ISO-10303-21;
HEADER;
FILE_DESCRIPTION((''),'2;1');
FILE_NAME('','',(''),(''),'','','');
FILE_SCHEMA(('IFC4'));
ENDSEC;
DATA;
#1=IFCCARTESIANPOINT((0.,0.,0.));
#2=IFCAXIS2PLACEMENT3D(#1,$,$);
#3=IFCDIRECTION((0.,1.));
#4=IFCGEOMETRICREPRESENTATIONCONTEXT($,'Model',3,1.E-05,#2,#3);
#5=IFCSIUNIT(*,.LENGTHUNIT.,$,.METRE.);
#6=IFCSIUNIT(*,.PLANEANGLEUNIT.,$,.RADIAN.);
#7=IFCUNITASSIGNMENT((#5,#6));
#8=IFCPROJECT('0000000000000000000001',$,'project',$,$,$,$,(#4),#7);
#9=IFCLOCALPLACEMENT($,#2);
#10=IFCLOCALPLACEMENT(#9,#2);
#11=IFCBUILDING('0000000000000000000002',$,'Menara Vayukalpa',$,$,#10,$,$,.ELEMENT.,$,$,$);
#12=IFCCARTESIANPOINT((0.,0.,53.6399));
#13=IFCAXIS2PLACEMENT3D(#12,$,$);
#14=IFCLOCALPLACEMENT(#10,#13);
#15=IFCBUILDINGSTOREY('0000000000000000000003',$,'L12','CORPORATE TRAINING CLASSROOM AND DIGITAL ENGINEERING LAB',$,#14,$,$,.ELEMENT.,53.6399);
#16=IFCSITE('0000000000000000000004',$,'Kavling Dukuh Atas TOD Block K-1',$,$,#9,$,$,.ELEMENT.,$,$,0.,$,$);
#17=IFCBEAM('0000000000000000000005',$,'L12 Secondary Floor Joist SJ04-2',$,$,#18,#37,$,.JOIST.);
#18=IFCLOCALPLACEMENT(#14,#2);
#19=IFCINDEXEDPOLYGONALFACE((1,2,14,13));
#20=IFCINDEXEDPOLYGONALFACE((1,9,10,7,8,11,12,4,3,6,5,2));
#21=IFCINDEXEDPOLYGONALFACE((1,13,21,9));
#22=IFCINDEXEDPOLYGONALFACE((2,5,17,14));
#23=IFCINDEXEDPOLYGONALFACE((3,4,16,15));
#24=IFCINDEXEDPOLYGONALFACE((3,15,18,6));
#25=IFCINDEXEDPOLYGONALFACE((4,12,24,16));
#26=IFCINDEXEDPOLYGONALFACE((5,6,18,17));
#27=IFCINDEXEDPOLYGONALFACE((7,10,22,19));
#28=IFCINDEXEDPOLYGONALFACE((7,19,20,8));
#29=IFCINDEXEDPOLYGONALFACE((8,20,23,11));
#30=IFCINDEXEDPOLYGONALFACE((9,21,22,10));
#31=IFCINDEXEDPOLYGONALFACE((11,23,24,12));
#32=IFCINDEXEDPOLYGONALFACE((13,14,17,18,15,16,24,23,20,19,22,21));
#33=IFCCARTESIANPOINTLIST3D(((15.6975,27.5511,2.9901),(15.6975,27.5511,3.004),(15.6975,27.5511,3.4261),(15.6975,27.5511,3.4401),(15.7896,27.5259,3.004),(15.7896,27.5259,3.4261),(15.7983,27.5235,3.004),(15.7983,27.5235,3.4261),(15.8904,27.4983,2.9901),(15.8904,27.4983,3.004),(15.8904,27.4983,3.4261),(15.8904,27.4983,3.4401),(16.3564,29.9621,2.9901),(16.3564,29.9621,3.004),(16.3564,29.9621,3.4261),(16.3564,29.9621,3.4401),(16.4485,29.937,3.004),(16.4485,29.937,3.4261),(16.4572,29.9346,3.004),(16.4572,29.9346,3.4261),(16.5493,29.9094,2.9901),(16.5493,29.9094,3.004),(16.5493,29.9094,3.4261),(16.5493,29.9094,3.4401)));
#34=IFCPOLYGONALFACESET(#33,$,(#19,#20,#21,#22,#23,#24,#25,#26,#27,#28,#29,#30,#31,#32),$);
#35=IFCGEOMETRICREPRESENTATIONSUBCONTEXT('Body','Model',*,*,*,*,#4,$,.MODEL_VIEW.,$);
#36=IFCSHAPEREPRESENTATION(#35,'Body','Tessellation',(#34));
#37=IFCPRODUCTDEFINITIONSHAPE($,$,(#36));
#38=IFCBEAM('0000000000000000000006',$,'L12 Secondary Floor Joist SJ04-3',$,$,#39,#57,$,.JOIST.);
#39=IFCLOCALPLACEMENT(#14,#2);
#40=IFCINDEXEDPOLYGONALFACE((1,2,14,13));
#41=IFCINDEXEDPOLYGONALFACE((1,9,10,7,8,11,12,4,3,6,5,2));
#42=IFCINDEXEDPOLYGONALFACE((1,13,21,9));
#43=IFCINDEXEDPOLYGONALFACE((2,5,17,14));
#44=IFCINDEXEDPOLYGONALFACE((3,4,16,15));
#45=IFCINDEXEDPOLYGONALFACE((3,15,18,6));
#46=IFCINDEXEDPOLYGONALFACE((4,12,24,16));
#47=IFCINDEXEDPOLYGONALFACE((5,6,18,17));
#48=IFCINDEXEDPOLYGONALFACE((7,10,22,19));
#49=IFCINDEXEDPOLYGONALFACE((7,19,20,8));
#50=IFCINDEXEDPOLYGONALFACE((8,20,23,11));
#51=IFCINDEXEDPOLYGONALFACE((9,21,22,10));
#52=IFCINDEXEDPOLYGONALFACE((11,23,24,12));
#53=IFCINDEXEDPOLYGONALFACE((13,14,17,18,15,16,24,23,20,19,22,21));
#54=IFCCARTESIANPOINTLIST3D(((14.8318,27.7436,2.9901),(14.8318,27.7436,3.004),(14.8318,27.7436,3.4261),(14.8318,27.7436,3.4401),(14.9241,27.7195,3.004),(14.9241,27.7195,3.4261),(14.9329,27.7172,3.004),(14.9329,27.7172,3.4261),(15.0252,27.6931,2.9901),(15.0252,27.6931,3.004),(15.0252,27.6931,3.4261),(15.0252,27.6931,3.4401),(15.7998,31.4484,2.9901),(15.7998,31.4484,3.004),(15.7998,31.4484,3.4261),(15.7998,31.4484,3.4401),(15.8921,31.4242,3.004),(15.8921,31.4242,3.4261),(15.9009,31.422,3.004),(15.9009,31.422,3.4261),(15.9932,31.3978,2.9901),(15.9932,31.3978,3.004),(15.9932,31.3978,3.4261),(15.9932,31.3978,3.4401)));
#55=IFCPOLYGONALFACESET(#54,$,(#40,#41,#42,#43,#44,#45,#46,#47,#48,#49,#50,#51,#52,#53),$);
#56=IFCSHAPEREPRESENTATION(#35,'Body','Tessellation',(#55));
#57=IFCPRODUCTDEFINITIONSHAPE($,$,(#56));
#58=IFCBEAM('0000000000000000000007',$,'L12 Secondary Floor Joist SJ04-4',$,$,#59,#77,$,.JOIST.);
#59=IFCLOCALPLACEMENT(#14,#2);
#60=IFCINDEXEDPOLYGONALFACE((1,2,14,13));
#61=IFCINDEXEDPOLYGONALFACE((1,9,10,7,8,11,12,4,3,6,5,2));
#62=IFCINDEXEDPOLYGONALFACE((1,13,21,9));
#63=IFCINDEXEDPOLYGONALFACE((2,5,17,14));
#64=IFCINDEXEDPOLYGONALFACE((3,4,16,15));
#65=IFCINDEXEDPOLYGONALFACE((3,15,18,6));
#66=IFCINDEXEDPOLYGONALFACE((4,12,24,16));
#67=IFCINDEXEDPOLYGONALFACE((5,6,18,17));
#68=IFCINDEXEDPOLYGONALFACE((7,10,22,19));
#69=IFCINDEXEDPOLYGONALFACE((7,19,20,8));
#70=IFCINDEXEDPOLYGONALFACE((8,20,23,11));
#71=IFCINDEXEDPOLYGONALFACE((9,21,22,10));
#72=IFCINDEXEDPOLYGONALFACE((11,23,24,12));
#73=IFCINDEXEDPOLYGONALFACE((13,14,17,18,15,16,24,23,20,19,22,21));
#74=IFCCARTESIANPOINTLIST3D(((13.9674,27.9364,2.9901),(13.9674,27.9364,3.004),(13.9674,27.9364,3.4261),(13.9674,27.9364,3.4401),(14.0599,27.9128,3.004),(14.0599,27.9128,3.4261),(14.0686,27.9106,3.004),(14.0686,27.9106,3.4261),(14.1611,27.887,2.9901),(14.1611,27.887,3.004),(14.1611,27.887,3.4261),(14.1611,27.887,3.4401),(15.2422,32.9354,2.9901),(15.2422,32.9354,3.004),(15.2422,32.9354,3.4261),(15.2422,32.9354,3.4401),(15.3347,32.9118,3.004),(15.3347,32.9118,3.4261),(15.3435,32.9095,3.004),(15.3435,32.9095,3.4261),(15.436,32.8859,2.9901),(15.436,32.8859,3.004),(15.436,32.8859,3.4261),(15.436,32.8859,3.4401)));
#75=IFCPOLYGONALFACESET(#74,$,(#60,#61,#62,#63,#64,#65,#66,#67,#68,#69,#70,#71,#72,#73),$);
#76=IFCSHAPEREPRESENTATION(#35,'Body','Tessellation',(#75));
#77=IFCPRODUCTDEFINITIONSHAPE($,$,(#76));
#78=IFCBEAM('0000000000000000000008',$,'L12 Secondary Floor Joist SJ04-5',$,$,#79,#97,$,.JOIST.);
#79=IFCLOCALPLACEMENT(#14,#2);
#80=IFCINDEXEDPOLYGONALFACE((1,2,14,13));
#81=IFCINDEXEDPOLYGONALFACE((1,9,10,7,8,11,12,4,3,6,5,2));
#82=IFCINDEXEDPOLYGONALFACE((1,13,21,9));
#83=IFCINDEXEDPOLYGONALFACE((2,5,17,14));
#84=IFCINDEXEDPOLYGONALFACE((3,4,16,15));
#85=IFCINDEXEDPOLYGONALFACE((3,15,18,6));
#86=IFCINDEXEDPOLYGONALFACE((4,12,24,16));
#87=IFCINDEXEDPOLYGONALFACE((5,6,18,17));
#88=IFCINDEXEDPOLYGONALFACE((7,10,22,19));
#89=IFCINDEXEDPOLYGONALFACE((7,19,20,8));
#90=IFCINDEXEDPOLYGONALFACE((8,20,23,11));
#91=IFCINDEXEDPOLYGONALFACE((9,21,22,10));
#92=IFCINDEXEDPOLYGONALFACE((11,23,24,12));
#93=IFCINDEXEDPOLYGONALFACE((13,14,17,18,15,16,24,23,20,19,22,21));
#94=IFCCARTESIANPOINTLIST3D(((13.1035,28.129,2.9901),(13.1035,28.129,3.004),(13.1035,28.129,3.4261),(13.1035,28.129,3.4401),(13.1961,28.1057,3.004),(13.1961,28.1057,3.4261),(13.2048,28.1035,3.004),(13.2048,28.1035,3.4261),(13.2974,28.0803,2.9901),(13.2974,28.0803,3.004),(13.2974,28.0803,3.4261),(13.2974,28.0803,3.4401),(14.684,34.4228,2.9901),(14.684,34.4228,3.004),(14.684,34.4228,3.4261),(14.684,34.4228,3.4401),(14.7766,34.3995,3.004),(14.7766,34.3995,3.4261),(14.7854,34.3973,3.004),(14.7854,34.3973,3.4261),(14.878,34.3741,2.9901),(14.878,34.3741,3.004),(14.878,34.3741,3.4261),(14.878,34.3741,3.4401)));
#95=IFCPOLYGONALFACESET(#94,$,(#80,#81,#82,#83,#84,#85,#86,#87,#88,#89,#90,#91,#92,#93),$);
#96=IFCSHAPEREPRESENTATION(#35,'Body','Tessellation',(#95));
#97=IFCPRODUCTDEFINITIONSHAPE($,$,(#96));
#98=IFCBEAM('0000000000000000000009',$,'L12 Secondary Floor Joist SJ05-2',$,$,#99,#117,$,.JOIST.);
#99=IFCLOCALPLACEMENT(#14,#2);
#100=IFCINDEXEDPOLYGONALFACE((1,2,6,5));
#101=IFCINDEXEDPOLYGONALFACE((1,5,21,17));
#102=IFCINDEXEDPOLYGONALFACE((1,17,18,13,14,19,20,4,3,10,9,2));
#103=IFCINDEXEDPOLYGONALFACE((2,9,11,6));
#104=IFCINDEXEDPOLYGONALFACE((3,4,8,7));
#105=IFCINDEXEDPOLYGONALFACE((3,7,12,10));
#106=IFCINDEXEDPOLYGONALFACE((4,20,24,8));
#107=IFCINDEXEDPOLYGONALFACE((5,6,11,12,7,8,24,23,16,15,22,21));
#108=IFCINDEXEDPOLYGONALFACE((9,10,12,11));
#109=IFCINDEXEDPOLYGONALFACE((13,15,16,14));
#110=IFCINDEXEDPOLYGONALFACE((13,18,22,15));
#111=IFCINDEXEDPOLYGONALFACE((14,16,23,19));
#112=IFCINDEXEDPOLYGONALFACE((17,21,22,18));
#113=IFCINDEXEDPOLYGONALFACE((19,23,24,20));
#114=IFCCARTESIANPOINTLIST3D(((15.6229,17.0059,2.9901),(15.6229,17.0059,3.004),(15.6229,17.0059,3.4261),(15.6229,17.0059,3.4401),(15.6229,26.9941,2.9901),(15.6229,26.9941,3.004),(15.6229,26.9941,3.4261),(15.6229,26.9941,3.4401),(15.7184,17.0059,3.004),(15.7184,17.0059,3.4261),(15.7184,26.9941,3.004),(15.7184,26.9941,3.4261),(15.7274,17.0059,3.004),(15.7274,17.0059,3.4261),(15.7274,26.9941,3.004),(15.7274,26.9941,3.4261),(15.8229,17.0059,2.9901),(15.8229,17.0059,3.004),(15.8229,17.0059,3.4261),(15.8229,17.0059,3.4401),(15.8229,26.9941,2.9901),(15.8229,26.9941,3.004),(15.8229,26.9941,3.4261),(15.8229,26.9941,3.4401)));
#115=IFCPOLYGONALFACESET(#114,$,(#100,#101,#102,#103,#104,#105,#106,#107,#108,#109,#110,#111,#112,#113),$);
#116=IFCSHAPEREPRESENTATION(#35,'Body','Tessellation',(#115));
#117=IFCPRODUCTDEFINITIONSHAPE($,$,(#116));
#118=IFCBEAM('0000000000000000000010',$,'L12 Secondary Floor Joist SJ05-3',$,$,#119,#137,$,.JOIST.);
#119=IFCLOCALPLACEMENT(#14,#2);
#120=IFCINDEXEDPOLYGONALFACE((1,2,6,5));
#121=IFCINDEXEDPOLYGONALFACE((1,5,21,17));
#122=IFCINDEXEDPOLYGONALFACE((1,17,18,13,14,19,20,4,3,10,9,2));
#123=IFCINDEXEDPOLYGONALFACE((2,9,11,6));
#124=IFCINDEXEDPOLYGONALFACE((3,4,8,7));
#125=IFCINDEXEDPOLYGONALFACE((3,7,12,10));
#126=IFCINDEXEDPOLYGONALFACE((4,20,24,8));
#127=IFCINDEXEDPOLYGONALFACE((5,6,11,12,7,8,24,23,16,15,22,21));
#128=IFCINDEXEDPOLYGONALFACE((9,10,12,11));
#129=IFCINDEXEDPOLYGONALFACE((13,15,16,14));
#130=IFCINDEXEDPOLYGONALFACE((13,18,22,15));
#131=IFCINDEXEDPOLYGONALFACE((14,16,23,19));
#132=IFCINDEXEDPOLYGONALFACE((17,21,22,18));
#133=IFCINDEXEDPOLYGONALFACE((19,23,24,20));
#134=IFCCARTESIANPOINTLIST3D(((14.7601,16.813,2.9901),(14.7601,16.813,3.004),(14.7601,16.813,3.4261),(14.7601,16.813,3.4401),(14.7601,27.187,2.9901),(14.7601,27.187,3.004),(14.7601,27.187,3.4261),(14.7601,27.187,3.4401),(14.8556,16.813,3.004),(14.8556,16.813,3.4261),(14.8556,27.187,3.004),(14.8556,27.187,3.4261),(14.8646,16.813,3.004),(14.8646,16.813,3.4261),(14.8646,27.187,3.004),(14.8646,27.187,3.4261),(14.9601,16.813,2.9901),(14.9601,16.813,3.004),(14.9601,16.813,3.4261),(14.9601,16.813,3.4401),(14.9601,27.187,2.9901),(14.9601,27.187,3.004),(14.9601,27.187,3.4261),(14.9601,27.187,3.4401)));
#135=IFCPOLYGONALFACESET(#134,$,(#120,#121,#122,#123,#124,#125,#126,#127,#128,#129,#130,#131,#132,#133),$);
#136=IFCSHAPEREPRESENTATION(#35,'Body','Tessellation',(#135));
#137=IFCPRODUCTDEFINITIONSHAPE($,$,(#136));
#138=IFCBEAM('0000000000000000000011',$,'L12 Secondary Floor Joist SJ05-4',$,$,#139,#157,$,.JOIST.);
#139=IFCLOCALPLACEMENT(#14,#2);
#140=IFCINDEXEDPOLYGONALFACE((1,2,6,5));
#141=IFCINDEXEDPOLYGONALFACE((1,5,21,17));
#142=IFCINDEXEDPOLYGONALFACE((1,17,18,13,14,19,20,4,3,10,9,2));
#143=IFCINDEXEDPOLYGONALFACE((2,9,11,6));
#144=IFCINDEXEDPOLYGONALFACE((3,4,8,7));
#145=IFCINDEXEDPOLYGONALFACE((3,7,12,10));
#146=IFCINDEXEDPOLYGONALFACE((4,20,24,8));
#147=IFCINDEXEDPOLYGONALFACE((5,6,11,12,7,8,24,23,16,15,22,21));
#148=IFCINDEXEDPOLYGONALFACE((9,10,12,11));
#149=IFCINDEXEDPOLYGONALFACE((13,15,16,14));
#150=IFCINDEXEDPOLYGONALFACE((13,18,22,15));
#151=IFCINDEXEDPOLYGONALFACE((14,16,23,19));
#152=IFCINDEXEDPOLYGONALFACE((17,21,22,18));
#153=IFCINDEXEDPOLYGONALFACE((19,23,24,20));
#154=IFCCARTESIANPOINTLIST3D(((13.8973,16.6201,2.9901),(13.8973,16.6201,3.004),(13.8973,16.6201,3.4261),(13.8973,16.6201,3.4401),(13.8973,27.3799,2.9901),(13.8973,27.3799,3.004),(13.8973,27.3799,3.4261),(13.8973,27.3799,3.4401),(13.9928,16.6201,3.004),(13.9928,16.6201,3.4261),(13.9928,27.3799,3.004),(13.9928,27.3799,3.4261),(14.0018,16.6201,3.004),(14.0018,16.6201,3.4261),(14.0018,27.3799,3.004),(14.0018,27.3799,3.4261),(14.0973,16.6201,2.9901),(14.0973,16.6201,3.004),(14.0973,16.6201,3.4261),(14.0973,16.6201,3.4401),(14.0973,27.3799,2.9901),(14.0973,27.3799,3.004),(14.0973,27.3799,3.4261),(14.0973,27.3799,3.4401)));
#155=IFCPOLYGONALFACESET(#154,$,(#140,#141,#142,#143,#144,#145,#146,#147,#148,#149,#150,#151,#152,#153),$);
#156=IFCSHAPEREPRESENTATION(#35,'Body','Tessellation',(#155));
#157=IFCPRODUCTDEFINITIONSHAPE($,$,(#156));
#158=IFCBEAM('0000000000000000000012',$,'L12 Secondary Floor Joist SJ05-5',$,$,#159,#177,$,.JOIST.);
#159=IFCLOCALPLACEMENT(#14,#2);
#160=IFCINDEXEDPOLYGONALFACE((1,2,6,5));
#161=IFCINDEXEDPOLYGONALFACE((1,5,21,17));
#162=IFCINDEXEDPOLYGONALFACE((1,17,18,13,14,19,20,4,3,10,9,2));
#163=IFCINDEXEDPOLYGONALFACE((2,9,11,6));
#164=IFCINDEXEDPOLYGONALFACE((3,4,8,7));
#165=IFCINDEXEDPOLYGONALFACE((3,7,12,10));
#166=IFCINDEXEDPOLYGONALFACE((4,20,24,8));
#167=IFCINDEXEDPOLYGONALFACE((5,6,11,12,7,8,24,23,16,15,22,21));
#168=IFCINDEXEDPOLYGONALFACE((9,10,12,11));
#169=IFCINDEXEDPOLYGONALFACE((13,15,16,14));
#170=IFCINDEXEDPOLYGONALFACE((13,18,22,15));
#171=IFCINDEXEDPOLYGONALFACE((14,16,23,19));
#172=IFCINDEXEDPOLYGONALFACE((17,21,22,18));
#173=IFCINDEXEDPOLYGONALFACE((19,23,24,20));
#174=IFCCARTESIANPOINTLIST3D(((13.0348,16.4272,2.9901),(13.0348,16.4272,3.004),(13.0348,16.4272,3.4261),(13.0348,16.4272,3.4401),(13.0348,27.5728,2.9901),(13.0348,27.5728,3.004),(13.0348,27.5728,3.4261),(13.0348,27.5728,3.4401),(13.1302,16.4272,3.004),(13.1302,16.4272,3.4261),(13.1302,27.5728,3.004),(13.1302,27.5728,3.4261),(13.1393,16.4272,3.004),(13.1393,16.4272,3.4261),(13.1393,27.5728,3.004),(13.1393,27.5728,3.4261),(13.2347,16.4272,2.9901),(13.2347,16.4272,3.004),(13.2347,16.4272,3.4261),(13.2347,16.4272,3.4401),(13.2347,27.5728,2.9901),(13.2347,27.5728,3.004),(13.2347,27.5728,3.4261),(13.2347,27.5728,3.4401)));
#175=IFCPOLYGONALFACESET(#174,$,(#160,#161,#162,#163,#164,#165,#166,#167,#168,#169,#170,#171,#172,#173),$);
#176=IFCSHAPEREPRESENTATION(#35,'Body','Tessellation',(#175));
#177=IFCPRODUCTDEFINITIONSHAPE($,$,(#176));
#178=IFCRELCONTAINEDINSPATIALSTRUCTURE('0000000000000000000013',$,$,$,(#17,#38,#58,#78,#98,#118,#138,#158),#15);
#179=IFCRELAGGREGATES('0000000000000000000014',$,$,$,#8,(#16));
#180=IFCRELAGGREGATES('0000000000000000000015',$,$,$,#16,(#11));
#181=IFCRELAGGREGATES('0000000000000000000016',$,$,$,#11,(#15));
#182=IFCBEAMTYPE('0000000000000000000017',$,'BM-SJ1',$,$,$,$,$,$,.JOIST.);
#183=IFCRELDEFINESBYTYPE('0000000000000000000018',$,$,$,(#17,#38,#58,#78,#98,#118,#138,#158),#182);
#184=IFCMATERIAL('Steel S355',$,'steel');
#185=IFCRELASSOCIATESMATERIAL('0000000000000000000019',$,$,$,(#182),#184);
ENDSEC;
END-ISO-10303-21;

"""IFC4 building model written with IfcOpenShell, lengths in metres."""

from ifc_helpers import new_model, si_unit, direction, frame, origin, origin_2d, place, context, subcontext, project, spatial, i_section, extrude, material, material_profile, profile_set, type_object, element, save


model = new_model("IFC4")

# Units and contexts
model_context = context("Model", 3, precision=1e-05, world=origin(), true_north=direction((0.0, 1.0)))
body_context = subcontext(model_context, "Body", "Model", "MODEL_VIEW")
ifc_project = project(units=[si_unit("LENGTHUNIT", "METRE"), si_unit("PLANEANGLEUNIT", "RADIAN")], contexts=[model_context])

# Site, building, storey
site_placement = place(None, origin())
site = spatial("IfcSite", under=ifc_project, at=site_placement, Name="Kavling Dukuh Atas TOD Block K-1", CompositionType="ELEMENT", RefElevation=0.0)
building_placement = place(site_placement, origin())
building = spatial("IfcBuilding", under=site, at=building_placement, Name="Menara Vayukalpa", CompositionType="ELEMENT")
storey_placement = place(building_placement, frame((0.0, 0.0, 53.6399)))
storey = spatial("IfcBuildingStorey", under=building, at=storey_placement, Name="L12", Description="CORPORATE TRAINING CLASSROOM AND DIGITAL ENGINEERING LAB", CompositionType="ELEMENT", Elevation=53.6399)

# Beams
ifc_material_1 = material(Name="Steel S355", Category="steel")
ifc_material_profile_1 = material_profile(ifc_material_1, i_section(OverallWidth=0.2, OverallDepth=0.45, WebThickness=0.009, FlangeThickness=0.0139, at=origin_2d()), Name="WF 450x200x9x14")
ifc_profile_set_1 = profile_set([ifc_material_profile_1], Name="Steel S355")
beam_type_1 = type_object("IfcBeamType", Name="BM-SJ1", PredefinedType="JOIST", material=ifc_profile_set_1)
beam_1_placement = place(storey_placement, frame((16.4529, 29.9358, 3.2151), z_axis=(-0.263622, -0.964626, 0.0), x_axis=(0.964626, -0.263622, 0.0)))
element("IfcBeam", 1, at=beam_1_placement, inside=storey, type_object=beam_type_1, Name="L12 Secondary Floor Joist SJ04-2", PredefinedType="JOIST", context=body_context, shape_type="SweptSolid", body=[
    extrude(i_section(OverallWidth=0.2, OverallDepth=0.45, WebThickness=0.009, FlangeThickness=0.0139, at=origin_2d()), origin(), (0.0, 0.0, 1.0), 2.4995),
])
beam_2_placement = place(storey_placement, frame((15.8965, 31.4231, 3.2151), z_axis=(-0.252798, -0.967519, 0.0), x_axis=(0.967519, -0.252798, 0.0)))
element("IfcBeam", 2, at=beam_2_placement, inside=storey, type_object=beam_type_1, Name="L12 Secondary Floor Joist SJ04-3", PredefinedType="JOIST", context=body_context, shape_type="SweptSolid", body=[
    extrude(i_section(OverallWidth=0.2, OverallDepth=0.45, WebThickness=0.009, FlangeThickness=0.0139, at=origin_2d()), origin(), (0.0, 0.0, 1.0), 3.8291),
])
beam_3_placement = place(storey_placement, frame((15.3391, 32.9106, 3.2151), z_axis=(-0.24712, -0.968985, 0.0), x_axis=(0.968985, -0.24712, 0.0)))
element("IfcBeam", 3, at=beam_3_placement, inside=storey, type_object=beam_type_1, Name="L12 Secondary Floor Joist SJ04-4", PredefinedType="JOIST", context=body_context, shape_type="SweptSolid", body=[
    extrude(i_section(OverallWidth=0.2, OverallDepth=0.45, WebThickness=0.009, FlangeThickness=0.0139, at=origin_2d()), origin(), (0.0, 0.0, 1.0), 5.1589),
])
beam_4_placement = place(storey_placement, frame((14.781, 34.3984, 3.2151), z_axis=(-0.243562, -0.969885, 0.0), x_axis=(0.969885, -0.243562, 0.0)))
element("IfcBeam", 4, at=beam_4_placement, inside=storey, type_object=beam_type_1, Name="L12 Secondary Floor Joist SJ04-5", PredefinedType="JOIST", context=body_context, shape_type="SweptSolid", body=[
    extrude(i_section(OverallWidth=0.2, OverallDepth=0.45, WebThickness=0.009, FlangeThickness=0.0139, at=origin_2d()), origin(), (0.0, 0.0, 1.0), 6.4893),
])
beam_5_placement = place(storey_placement, frame((15.7229, 26.9941, 3.2151), z_axis=(0.0, -1.0, 0.0), x_axis=(1.0, 0.0, 0.0)))
element("IfcBeam", 5, at=beam_5_placement, inside=storey, type_object=beam_type_1, Name="L12 Secondary Floor Joist SJ05-2", PredefinedType="JOIST", context=body_context, shape_type="SweptSolid", body=[
    extrude(i_section(OverallWidth=0.2, OverallDepth=0.45, WebThickness=0.009, FlangeThickness=0.0139, at=origin_2d()), origin(), (0.0, 0.0, 1.0), 9.9883),
])
beam_6_placement = place(storey_placement, frame((14.8601, 27.187, 3.2151), z_axis=(0.0, -1.0, 0.0), x_axis=(1.0, 0.0, 0.0)))
element("IfcBeam", 6, at=beam_6_placement, inside=storey, type_object=beam_type_1, Name="L12 Secondary Floor Joist SJ05-3", PredefinedType="JOIST", context=body_context, shape_type="SweptSolid", body=[
    extrude(i_section(OverallWidth=0.2, OverallDepth=0.45, WebThickness=0.009, FlangeThickness=0.0139, at=origin_2d()), origin(), (0.0, 0.0, 1.0), 10.374),
])
beam_7_placement = place(storey_placement, frame((13.9973, 27.3799, 3.2151), z_axis=(0.0, -1.0, 0.0), x_axis=(1.0, 0.0, 0.0)))
element("IfcBeam", 7, at=beam_7_placement, inside=storey, type_object=beam_type_1, Name="L12 Secondary Floor Joist SJ05-4", PredefinedType="JOIST", context=body_context, shape_type="SweptSolid", body=[
    extrude(i_section(OverallWidth=0.2, OverallDepth=0.45, WebThickness=0.009, FlangeThickness=0.0139, at=origin_2d()), origin(), (0.0, 0.0, 1.0), 10.7598),
])
beam_8_placement = place(storey_placement, frame((13.1348, 27.5728, 3.2151), z_axis=(0.0, -1.0, 0.0), x_axis=(1.0, 0.0, 0.0)))
element("IfcBeam", 8, at=beam_8_placement, inside=storey, type_object=beam_type_1, Name="L12 Secondary Floor Joist SJ05-5", PredefinedType="JOIST", context=body_context, shape_type="SweptSolid", body=[
    extrude(i_section(OverallWidth=0.2, OverallDepth=0.45, WebThickness=0.009, FlangeThickness=0.0139, at=origin_2d()), origin(), (0.0, 0.0, 1.0), 11.1455),
])

save(model, "model.ifc")
